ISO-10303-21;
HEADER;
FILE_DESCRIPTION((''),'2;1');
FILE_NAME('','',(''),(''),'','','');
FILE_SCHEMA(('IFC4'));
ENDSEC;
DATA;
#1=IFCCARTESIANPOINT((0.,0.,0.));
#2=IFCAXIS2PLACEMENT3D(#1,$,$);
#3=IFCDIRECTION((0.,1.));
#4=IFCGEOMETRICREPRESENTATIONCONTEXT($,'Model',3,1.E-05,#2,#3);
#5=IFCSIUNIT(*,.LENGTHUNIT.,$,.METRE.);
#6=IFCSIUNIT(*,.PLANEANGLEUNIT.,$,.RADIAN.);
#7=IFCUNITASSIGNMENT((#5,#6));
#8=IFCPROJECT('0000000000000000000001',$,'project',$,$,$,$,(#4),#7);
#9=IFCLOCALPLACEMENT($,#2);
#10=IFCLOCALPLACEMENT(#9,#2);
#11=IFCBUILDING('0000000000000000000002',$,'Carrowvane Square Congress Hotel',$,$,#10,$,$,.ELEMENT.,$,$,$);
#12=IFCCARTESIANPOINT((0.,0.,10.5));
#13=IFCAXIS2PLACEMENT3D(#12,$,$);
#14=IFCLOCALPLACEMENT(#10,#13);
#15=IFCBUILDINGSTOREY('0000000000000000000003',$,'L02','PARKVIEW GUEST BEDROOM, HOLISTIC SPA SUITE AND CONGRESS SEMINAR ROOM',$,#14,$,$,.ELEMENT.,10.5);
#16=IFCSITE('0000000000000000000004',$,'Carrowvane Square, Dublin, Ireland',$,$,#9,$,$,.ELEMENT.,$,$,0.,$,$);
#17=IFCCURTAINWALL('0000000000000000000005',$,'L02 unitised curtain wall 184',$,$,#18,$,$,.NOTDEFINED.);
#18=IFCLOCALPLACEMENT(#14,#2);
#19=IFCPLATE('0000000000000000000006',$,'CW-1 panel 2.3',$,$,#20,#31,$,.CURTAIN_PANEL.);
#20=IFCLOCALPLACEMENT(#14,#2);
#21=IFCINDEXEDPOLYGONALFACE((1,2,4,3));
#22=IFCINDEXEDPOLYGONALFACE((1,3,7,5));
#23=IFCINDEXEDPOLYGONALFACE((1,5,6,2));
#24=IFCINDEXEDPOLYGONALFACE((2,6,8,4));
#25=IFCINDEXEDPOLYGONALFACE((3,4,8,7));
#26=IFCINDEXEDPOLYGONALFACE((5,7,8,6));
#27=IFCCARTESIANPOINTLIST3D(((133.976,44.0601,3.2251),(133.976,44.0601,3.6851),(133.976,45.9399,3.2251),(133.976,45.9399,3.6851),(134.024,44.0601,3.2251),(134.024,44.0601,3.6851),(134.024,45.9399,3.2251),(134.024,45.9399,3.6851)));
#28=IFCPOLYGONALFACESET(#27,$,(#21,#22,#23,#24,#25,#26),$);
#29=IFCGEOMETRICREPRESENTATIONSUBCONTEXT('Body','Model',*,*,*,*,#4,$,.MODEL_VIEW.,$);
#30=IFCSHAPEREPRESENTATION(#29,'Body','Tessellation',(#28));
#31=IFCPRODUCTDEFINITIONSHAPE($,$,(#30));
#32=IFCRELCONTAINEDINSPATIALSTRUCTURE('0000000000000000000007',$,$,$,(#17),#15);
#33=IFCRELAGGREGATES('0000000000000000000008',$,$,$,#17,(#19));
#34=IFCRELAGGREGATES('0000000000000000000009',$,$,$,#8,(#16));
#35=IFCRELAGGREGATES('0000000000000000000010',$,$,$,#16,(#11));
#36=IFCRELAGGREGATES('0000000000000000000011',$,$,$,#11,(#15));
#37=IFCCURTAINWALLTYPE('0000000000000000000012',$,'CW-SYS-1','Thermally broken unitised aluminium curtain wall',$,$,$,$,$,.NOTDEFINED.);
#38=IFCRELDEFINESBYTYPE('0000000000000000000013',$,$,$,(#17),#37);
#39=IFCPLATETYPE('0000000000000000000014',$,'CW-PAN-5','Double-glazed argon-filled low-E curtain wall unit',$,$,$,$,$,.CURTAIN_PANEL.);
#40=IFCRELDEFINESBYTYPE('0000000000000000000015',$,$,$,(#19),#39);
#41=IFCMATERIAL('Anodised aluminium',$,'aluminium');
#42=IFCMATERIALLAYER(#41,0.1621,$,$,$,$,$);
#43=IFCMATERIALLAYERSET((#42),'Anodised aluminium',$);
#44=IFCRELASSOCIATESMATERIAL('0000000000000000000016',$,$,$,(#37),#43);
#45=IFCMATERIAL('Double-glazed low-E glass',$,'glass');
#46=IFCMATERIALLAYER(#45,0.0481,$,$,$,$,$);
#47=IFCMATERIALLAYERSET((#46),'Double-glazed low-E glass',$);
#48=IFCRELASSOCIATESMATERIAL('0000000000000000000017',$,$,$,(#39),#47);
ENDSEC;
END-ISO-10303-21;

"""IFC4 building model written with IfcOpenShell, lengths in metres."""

from ifc_helpers import new_model, si_unit, direction, frame, origin, origin_2d, place, context, subcontext, project, spatial, rectangle, extrude, material, layer, layer_set, type_object, element, aggregate, save


model = new_model("IFC4")

# Units and contexts
model_context = context("Model", 3, precision=1e-05, world=origin(), true_north=direction((0.0, 1.0)))
body_context = subcontext(model_context, "Body", "Model", "MODEL_VIEW")
ifc_project = project(units=[si_unit("LENGTHUNIT", "METRE"), si_unit("PLANEANGLEUNIT", "RADIAN")], contexts=[model_context])

# Site, building, storey
site_placement = place(None, origin())
site = spatial("IfcSite", under=ifc_project, at=site_placement, Name="Carrowvane Square, Dublin, Ireland", CompositionType="ELEMENT", RefElevation=0.0)
building_placement = place(site_placement, origin())
building = spatial("IfcBuilding", under=site, at=building_placement, Name="Carrowvane Square Congress Hotel", CompositionType="ELEMENT")
storey_placement = place(building_placement, frame((0.0, 0.0, 10.5)))
storey = spatial("IfcBuildingStorey", under=building, at=storey_placement, Name="L02", Description="PARKVIEW GUEST BEDROOM, HOLISTIC SPA SUITE AND CONGRESS SEMINAR ROOM", CompositionType="ELEMENT", Elevation=10.5)

# Curtain wall, plate
ifc_material_1 = material(Name="Anodised aluminium", Category="aluminium")
ifc_layer_1 = layer(ifc_material_1, 0.1621)
ifc_layer_set_1 = layer_set([ifc_layer_1], Name="Anodised aluminium")
curtain_wall_type = type_object("IfcCurtainWallType", Name="CW-SYS-1", Description="Thermally broken unitised aluminium curtain wall", PredefinedType="NOTDEFINED", material=ifc_layer_set_1)
curtain_wall_placement = place(storey_placement, origin())
curtain_wall = element("IfcCurtainWall", 1, at=curtain_wall_placement, inside=storey, type_object=curtain_wall_type, Name="L02 unitised curtain wall 184", PredefinedType="NOTDEFINED")
ifc_material_2 = material(Name="Double-glazed low-E glass", Category="glass")
ifc_layer_2 = layer(ifc_material_2, 0.0481)
ifc_layer_set_2 = layer_set([ifc_layer_2], Name="Double-glazed low-E glass")
plate_type = type_object("IfcPlateType", Name="CW-PAN-5", Description="Double-glazed argon-filled low-E curtain wall unit", PredefinedType="CURTAIN_PANEL", material=ifc_layer_set_2)
plate_1_placement = place(storey_placement, frame((134.0, 45.0, 3.2251), z_axis=(0.0, 0.0, 1.0), x_axis=(0.0, 1.0, 0.0)))
plate_1 = element("IfcPlate", 2, at=plate_1_placement, type_object=plate_type, Name="CW-1 panel 2.3", PredefinedType="CURTAIN_PANEL", context=body_context, shape_type="SweptSolid", body=[
    extrude(rectangle(XDim=1.8799, YDim=0.0481, at=origin_2d()), origin(), (0.0, 0.0, 1.0), 0.46),
])
aggregate(curtain_wall, [plate_1])

save(model, "model.ifc")
